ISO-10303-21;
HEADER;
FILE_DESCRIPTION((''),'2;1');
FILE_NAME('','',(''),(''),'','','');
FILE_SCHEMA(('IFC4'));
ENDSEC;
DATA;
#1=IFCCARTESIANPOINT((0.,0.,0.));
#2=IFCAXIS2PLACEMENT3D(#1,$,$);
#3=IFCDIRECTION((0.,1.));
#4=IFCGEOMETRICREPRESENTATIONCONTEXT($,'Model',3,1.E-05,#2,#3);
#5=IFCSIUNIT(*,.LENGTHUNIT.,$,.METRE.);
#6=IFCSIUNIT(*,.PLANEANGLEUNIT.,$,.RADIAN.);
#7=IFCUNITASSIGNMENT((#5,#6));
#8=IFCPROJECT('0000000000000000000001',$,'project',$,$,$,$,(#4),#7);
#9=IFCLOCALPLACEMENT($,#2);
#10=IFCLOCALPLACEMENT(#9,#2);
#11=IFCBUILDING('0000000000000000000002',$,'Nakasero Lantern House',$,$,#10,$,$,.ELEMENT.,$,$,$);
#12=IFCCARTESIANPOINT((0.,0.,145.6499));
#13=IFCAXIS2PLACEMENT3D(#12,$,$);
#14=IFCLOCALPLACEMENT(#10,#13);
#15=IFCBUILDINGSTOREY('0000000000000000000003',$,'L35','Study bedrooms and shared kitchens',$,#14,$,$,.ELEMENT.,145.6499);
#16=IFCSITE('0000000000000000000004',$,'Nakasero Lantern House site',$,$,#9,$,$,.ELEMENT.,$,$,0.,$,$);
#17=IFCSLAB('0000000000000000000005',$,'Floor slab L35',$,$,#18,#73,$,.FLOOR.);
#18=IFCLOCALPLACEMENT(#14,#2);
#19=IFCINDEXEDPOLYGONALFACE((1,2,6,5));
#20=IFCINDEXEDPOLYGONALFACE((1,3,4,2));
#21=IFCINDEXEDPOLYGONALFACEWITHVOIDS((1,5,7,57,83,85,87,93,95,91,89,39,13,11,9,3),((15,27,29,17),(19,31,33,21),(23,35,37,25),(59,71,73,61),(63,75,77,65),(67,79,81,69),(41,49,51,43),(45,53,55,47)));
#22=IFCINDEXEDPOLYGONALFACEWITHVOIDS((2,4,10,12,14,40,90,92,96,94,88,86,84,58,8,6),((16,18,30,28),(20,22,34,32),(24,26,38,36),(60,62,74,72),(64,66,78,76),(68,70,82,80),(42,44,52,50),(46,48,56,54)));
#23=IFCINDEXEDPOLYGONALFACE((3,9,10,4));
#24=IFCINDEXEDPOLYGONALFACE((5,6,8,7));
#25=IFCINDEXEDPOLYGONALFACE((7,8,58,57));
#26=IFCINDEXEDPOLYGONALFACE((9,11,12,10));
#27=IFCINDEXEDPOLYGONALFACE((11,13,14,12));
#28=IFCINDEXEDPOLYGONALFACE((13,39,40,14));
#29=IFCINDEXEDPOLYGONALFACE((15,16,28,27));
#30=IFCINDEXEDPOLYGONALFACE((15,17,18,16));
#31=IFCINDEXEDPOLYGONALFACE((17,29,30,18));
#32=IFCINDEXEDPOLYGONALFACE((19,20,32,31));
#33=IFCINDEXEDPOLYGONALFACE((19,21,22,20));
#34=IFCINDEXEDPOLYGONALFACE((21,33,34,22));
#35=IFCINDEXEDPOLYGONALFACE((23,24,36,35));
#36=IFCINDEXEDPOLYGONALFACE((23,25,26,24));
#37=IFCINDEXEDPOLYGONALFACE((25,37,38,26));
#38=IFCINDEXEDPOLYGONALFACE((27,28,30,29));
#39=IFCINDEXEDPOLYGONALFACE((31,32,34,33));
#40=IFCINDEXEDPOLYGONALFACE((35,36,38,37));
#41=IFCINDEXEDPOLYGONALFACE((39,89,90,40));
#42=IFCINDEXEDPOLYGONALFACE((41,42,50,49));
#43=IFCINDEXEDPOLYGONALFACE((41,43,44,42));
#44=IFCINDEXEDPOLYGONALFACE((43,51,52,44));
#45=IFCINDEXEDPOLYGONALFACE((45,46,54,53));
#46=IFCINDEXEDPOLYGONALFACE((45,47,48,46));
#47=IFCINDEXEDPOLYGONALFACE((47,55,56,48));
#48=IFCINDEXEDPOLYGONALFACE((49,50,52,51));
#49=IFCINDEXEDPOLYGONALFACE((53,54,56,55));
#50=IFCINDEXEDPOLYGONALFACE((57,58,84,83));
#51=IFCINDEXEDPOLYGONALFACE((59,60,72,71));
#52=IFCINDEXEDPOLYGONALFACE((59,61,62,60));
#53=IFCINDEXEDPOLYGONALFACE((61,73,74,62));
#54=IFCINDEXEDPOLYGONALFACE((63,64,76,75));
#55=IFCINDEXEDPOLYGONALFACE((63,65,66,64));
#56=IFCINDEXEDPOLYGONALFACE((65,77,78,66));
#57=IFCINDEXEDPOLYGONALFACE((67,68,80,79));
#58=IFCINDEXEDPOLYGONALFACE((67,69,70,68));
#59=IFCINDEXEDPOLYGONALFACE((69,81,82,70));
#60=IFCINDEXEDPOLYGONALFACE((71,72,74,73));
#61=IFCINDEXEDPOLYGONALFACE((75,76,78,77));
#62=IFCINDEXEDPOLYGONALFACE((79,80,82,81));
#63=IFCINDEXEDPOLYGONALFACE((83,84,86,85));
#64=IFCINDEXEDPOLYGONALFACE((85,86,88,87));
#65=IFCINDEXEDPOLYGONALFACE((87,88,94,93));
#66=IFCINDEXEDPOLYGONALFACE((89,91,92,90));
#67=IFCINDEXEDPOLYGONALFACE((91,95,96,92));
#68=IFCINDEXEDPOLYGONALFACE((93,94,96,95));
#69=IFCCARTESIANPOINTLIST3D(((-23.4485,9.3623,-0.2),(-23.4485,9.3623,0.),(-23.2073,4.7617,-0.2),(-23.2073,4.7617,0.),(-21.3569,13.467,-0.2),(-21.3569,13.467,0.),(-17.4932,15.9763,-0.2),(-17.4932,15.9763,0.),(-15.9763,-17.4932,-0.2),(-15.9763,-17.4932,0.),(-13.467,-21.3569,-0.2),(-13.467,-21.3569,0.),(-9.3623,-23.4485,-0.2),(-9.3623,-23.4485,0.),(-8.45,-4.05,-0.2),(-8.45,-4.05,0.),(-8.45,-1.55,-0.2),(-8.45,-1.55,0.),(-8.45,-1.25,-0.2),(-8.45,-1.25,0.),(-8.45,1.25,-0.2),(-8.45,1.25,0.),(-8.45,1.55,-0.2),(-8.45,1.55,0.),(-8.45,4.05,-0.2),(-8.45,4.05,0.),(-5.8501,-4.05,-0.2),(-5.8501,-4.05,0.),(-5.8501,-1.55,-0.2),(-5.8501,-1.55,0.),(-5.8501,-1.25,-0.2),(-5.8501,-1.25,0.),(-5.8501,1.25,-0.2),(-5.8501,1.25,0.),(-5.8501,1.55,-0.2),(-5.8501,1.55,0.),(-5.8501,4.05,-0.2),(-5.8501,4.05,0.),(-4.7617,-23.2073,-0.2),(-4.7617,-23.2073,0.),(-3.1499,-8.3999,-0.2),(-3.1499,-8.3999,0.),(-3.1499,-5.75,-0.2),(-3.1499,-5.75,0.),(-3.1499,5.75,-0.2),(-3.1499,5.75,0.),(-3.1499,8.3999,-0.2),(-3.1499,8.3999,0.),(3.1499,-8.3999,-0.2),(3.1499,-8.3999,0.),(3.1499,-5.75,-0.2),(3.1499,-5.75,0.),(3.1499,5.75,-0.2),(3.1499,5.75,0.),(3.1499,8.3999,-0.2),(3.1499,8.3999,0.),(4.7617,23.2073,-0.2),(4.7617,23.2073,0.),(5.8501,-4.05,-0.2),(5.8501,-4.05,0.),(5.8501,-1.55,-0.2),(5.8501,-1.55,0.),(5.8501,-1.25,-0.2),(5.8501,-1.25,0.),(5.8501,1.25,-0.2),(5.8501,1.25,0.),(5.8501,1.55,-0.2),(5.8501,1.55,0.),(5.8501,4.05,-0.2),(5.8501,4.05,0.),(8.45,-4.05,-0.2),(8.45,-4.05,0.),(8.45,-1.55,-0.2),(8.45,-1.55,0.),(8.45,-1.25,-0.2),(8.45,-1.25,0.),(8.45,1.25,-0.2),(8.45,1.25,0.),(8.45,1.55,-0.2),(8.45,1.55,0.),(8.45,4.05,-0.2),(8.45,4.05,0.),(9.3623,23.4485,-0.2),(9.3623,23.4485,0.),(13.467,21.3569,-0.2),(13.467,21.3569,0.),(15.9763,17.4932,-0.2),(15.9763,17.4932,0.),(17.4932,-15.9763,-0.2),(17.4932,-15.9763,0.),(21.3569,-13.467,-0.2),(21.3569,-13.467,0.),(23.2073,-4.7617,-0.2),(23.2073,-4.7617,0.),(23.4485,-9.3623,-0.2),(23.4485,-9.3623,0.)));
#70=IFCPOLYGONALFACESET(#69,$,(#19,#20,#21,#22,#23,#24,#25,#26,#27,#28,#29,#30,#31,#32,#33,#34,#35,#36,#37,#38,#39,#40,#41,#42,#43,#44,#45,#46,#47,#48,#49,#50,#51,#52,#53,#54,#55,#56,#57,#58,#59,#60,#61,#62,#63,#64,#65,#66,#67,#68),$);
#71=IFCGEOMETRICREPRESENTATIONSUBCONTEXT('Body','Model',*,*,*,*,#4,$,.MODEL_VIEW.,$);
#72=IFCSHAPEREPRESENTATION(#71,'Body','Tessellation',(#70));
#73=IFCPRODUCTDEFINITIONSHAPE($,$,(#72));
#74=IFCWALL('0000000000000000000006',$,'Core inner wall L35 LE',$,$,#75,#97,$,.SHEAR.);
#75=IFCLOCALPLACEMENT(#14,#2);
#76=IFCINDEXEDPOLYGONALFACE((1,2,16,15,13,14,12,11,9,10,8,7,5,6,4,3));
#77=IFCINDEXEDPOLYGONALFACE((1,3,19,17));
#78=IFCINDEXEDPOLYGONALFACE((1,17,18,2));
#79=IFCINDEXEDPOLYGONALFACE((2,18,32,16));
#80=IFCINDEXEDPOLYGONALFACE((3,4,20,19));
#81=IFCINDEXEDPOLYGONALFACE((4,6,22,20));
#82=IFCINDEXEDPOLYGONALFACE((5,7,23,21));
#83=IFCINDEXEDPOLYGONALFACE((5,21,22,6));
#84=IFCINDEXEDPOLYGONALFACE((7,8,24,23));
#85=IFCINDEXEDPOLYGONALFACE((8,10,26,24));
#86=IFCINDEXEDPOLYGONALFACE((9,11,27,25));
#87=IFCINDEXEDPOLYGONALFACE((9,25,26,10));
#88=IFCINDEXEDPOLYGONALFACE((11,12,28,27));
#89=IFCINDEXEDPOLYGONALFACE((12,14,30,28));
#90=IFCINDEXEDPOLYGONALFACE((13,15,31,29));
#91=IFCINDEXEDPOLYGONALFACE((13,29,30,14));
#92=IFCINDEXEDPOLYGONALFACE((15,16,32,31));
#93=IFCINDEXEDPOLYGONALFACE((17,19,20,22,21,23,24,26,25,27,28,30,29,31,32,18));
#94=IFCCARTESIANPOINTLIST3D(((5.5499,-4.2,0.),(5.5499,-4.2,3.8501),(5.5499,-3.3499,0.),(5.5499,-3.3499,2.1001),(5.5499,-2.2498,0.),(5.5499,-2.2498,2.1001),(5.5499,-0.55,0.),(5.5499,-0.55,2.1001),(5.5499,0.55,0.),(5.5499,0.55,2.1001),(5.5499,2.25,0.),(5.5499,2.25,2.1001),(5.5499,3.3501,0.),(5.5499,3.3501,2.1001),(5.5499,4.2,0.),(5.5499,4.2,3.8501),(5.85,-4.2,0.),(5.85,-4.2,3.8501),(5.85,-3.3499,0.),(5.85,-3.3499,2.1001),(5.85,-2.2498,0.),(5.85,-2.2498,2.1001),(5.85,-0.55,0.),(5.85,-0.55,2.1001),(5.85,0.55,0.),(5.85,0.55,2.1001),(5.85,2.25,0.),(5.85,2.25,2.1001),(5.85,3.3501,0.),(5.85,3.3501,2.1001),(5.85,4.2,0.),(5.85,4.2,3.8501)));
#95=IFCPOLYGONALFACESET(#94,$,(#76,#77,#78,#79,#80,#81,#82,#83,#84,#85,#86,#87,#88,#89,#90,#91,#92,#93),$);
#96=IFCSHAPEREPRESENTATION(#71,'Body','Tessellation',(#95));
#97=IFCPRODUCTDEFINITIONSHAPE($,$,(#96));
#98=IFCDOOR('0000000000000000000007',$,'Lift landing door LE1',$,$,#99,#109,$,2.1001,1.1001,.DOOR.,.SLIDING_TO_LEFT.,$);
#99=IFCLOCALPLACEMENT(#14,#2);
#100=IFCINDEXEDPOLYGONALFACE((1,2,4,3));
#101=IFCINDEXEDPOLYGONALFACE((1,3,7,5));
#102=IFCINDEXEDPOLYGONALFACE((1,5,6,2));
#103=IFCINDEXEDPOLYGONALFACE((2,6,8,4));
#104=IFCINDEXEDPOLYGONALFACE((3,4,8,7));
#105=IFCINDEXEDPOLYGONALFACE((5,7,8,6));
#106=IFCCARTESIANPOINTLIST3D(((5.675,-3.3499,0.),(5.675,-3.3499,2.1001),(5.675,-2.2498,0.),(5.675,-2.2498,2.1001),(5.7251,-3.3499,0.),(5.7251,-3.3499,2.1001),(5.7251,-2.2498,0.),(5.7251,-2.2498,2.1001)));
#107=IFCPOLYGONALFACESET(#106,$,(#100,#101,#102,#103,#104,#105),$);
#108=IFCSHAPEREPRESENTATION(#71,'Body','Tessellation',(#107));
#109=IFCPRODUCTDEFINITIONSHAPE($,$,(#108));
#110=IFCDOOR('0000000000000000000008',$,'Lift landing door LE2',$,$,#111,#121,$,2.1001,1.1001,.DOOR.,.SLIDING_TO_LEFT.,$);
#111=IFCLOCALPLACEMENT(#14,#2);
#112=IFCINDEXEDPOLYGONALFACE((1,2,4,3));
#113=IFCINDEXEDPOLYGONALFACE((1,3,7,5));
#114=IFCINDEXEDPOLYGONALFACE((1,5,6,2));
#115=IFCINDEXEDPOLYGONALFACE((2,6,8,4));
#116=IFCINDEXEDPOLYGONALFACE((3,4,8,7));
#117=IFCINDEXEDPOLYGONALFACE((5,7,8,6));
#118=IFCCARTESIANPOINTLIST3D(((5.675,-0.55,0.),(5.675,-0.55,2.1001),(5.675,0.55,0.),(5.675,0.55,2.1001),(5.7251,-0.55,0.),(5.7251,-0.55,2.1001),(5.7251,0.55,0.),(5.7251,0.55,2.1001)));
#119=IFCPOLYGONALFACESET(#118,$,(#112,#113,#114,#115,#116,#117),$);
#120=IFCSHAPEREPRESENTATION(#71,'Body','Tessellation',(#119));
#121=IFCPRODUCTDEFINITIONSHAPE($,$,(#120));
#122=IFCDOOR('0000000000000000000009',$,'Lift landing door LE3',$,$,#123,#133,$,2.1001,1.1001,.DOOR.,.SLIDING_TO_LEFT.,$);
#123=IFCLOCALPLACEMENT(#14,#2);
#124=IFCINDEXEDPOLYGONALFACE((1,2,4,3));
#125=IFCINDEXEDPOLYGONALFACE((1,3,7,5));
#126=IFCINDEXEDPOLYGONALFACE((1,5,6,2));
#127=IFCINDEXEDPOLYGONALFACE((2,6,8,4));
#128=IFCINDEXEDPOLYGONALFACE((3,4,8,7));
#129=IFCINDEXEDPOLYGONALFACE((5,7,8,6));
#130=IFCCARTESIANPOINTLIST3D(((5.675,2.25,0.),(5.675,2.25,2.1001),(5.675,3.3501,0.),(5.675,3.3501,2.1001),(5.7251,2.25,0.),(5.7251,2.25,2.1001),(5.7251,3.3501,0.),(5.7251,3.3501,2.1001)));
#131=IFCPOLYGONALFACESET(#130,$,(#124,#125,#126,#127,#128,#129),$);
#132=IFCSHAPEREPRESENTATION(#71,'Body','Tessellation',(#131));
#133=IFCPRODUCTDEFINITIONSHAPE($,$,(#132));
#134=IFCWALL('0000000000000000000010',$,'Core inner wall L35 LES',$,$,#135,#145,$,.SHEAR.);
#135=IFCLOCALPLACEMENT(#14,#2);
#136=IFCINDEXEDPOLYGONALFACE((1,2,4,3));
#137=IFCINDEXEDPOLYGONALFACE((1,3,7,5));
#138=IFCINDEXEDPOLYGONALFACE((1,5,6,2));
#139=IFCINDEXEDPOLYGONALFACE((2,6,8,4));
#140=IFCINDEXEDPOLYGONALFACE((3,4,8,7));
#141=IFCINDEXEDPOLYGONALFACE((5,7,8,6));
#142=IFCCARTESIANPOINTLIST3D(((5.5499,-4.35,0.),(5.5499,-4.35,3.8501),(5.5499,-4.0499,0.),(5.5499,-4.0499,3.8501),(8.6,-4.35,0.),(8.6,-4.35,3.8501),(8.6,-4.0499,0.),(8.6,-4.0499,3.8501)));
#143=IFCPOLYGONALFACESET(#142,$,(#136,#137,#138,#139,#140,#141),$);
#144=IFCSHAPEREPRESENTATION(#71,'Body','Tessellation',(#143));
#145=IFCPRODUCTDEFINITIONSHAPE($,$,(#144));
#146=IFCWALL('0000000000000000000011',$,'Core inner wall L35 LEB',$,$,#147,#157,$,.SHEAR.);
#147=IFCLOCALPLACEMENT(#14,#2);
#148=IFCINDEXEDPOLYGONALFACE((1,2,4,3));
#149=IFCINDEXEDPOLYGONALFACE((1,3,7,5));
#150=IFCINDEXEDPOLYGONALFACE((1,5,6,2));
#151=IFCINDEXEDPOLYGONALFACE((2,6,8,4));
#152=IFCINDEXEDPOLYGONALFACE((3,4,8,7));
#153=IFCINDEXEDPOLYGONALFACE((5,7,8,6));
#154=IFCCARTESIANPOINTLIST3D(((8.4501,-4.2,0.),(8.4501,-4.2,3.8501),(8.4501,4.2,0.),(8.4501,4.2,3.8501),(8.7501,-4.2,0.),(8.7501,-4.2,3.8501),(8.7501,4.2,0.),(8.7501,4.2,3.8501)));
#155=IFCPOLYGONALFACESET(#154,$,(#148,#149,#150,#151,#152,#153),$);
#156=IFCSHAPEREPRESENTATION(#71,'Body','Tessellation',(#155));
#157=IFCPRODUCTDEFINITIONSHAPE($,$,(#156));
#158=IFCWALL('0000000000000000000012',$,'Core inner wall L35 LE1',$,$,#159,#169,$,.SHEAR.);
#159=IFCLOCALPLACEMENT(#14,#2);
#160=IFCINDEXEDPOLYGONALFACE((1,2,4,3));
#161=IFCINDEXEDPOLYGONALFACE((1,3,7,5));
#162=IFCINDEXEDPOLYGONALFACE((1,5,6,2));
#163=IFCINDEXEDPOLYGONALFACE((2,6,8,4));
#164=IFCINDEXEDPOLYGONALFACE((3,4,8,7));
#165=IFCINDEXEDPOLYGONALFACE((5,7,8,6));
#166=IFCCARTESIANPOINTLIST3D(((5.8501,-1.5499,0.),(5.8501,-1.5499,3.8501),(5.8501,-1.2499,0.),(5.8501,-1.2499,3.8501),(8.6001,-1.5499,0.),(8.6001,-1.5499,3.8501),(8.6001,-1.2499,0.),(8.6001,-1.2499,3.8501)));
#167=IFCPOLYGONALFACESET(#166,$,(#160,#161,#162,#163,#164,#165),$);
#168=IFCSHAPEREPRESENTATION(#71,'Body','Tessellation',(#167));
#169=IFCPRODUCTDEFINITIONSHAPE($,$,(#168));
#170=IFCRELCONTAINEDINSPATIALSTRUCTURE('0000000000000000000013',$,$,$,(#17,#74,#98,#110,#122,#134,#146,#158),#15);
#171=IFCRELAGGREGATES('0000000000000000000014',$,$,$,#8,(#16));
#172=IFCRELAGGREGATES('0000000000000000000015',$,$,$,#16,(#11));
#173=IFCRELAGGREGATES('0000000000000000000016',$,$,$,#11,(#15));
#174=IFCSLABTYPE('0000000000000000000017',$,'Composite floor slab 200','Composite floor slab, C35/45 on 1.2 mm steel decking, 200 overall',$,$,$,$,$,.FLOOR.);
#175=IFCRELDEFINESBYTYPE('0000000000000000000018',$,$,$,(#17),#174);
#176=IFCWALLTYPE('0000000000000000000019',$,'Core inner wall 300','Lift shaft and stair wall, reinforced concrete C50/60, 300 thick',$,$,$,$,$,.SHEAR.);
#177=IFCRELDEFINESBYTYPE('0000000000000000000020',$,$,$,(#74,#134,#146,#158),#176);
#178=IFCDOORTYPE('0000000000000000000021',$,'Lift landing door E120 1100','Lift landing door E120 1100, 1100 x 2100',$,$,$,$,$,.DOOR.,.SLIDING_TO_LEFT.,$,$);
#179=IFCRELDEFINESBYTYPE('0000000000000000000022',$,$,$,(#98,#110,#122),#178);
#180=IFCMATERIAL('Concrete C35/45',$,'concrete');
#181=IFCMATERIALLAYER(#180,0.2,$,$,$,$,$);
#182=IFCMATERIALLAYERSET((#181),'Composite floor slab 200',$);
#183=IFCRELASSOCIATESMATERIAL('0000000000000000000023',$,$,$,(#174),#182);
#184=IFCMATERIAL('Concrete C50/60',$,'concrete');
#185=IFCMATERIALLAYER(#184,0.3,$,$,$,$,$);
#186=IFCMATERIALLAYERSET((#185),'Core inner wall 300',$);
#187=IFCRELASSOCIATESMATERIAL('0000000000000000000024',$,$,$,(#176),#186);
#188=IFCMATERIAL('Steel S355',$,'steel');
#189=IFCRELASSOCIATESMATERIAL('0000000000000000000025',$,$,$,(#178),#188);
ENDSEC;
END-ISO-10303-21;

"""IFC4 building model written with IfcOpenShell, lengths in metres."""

from ifc_helpers import new_model, si_unit, direction, frame, frame_2d, origin, place, context, subcontext, project, spatial, polyline, rectangle, outline, extrude, material, layer, layer_set, type_object, element, fill, save


model = new_model("IFC4")

# Units and contexts
model_context = context("Model", 3, precision=1e-05, world=origin(), true_north=direction((0.0, 1.0)))
body_context = subcontext(model_context, "Body", "Model", "MODEL_VIEW")
ifc_project = project(units=[si_unit("LENGTHUNIT", "METRE"), si_unit("PLANEANGLEUNIT", "RADIAN")], contexts=[model_context])

# Site, building, storey
site_placement = place(None, origin())
site = spatial("IfcSite", under=ifc_project, at=site_placement, Name="Nakasero Lantern House site", CompositionType="ELEMENT", RefElevation=0.0)
building_placement = place(site_placement, origin())
building = spatial("IfcBuilding", under=site, at=building_placement, Name="Nakasero Lantern House", CompositionType="ELEMENT")
storey_placement = place(building_placement, frame((0.0, 0.0, 145.6499)))
storey = spatial("IfcBuildingStorey", under=building, at=storey_placement, Name="L35", Description="Study bedrooms and shared kitchens", CompositionType="ELEMENT", Elevation=145.6499)

# Slab
ifc_material_1 = material(Name="Concrete C35/45", Category="concrete")
ifc_layer_1 = layer(ifc_material_1, 0.2)
ifc_layer_set_1 = layer_set([ifc_layer_1], Name="Composite floor slab 200")
slab_type_1 = type_object("IfcSlabType", Name="Composite floor slab 200", Description="Composite floor slab, C35/45 on 1.2 mm steel decking, 200 overall", PredefinedType="FLOOR", material=ifc_layer_set_1)
slab_1_placement = place(storey_placement, frame((0.0, 0.0, -0.2)))
element("IfcSlab", 1, at=slab_1_placement, inside=storey, type_object=slab_type_1, Name="Floor slab L35", PredefinedType="FLOOR", context=body_context, shape_type="SweptSolid", body=[
    extrude(outline(polyline([(15.9763, 17.4932), (13.467, 21.3569), (9.3623, 23.4485), (4.7617, 23.2073), (-17.4932, 15.9763), (-21.3569, 13.467), (-23.4485, 9.3623), (-23.2073, 4.7617), (-15.9763, -17.4932), (-13.467, -21.3569), (-9.3623, -23.4485), (-4.7617, -23.2073), (17.4932, -15.9763), (21.3569, -13.467), (23.4485, -9.3623), (23.2073, -4.7617), (15.9763, 17.4932)]), holes=[polyline([(-8.45, -4.05), (-5.8501, -4.05), (-5.8501, -1.55), (-8.45, -1.55), (-8.45, -4.05)]), polyline([(-8.45, -1.25), (-5.8501, -1.25), (-5.8501, 1.25), (-8.45, 1.25), (-8.45, -1.25)]), polyline([(-8.45, 1.55), (-5.8501, 1.55), (-5.8501, 4.05), (-8.45, 4.05), (-8.45, 1.55)]), polyline([(5.8501, -4.05), (8.45, -4.05), (8.45, -1.55), (5.8501, -1.55), (5.8501, -4.05)]), polyline([(5.8501, -1.25), (8.45, -1.25), (8.45, 1.25), (5.8501, 1.25), (5.8501, -1.25)]), polyline([(5.8501, 1.55), (8.45, 1.55), (8.45, 4.05), (5.8501, 4.05), (5.8501, 1.55)]), polyline([(-3.1499, 5.75), (3.1499, 5.75), (3.1499, 8.3999), (-3.1499, 8.3999), (-3.1499, 5.75)]), polyline([(-3.1499, -8.3999), (3.1499, -8.3999), (3.1499, -5.75), (-3.1499, -5.75), (-3.1499, -8.3999)])]), origin(), (0.0, 0.0, 1.0), 0.2),
])

# Wall, openings, doors
ifc_material_2 = material(Name="Concrete C50/60", Category="concrete")
ifc_layer_2 = layer(ifc_material_2, 0.3)
ifc_layer_set_2 = layer_set([ifc_layer_2], Name="Core inner wall 300")
wall_type_1 = type_object("IfcWallType", Name="Core inner wall 300", Description="Lift shaft and stair wall, reinforced concrete C50/60, 300 thick", PredefinedType="SHEAR", material=ifc_layer_set_2)
wall_1_placement = place(storey_placement, frame((5.7, -4.2, 0.0), z_axis=(0.0, 0.0, 1.0), x_axis=(0.0, 1.0, 0.0)))
wall_1 = element("IfcWall", 2, at=wall_1_placement, inside=storey, type_object=wall_type_1, Name="Core inner wall L35 LE", PredefinedType="SHEAR", context=body_context, shape_type="SweptSolid", body=[
    extrude(rectangle(XDim=8.3999, YDim=0.3, at=frame_2d((4.2, 0.0))), origin(), (0.0, 0.0, 1.0), 3.8501),
])
opening_1_placement = place(wall_1_placement, frame((0.8501, 0.0, 0.0)))
opening_1 = element("IfcOpeningElement", 3, at=opening_1_placement, cuts=wall_1, PredefinedType="OPENING", context=body_context, shape_type="SweptSolid", body=[
    extrude(rectangle(XDim=1.1001, YDim=2.1001, at=frame_2d((0.55, 1.05))), frame((0.0, 0.1699, 0.0), z_axis=(0.0, -1.0, 0.0), x_axis=(1.0, 0.0, 0.0)), (0.0, 0.0, 1.0), 0.3401),
])
opening_2_placement = place(wall_1_placement, frame((3.6499, 0.0, 0.0)))
opening_2 = element("IfcOpeningElement", 4, at=opening_2_placement, cuts=wall_1, PredefinedType="OPENING", context=body_context, shape_type="SweptSolid", body=[
    extrude(rectangle(XDim=1.1001, YDim=2.1001, at=frame_2d((0.55, 1.05))), frame((0.0, 0.1699, 0.0), z_axis=(0.0, -1.0, 0.0), x_axis=(1.0, 0.0, 0.0)), (0.0, 0.0, 1.0), 0.3401),
])
opening_3_placement = place(wall_1_placement, frame((6.45, 0.0, 0.0)))
opening_3 = element("IfcOpeningElement", 5, at=opening_3_placement, cuts=wall_1, PredefinedType="OPENING", context=body_context, shape_type="SweptSolid", body=[
    extrude(rectangle(XDim=1.1001, YDim=2.1001, at=frame_2d((0.55, 1.05))), frame((0.0, 0.1699, 0.0), z_axis=(0.0, -1.0, 0.0), x_axis=(1.0, 0.0, 0.0)), (0.0, 0.0, 1.0), 0.3401),
])
ifc_material_3 = material(Name="Steel S355", Category="steel")
door_type_1 = type_object("IfcDoorType", Name="Lift landing door E120 1100", Description="Lift landing door E120 1100, 1100 x 2100", OperationType="SLIDING_TO_LEFT", PredefinedType="DOOR", material=ifc_material_3)
door_1_placement = place(opening_1_placement, origin())
door_1 = element("IfcDoor", 6, at=door_1_placement, inside=storey, type_object=door_type_1, Name="Lift landing door LE1", OperationType="SLIDING_TO_LEFT", OverallHeight=2.1001, OverallWidth=1.1001, PredefinedType="DOOR", context=body_context, shape_type="SweptSolid", body=[
    extrude(rectangle(XDim=1.1001, YDim=2.1001, at=frame_2d((0.55, 1.05))), frame((0.0, 0.0249, 0.0), z_axis=(0.0, -1.0, 0.0), x_axis=(1.0, 0.0, 0.0)), (0.0, 0.0, 1.0), 0.05),
])
fill(opening_1, door_1)
door_2_placement = place(opening_2_placement, origin())
door_2 = element("IfcDoor", 7, at=door_2_placement, inside=storey, type_object=door_type_1, Name="Lift landing door LE2", OperationType="SLIDING_TO_LEFT", OverallHeight=2.1001, OverallWidth=1.1001, PredefinedType="DOOR", context=body_context, shape_type="SweptSolid", body=[
    extrude(rectangle(XDim=1.1001, YDim=2.1001, at=frame_2d((0.55, 1.05))), frame((0.0, 0.0249, 0.0), z_axis=(0.0, -1.0, 0.0), x_axis=(1.0, 0.0, 0.0)), (0.0, 0.0, 1.0), 0.05),
])
fill(opening_2, door_2)
door_3_placement = place(opening_3_placement, origin())
door_3 = element("IfcDoor", 8, at=door_3_placement, inside=storey, type_object=door_type_1, Name="Lift landing door LE3", OperationType="SLIDING_TO_LEFT", OverallHeight=2.1001, OverallWidth=1.1001, PredefinedType="DOOR", context=body_context, shape_type="SweptSolid", body=[
    extrude(rectangle(XDim=1.1001, YDim=2.1001, at=frame_2d((0.55, 1.05))), frame((0.0, 0.0249, 0.0), z_axis=(0.0, -1.0, 0.0), x_axis=(1.0, 0.0, 0.0)), (0.0, 0.0, 1.0), 0.05),
])
fill(opening_3, door_3)

# Walls
wall_2_placement = place(storey_placement, frame((5.55, -4.2, 0.0), z_axis=(0.0, 0.0, 1.0), x_axis=(1.0, 0.0, 0.0)))
element("IfcWall", 9, at=wall_2_placement, inside=storey, type_object=wall_type_1, Name="Core inner wall L35 LES", PredefinedType="SHEAR", context=body_context, shape_type="SweptSolid", body=[
    extrude(rectangle(XDim=3.05, YDim=0.3, at=frame_2d((1.5249, 0.0))), origin(), (0.0, 0.0, 1.0), 3.8501),
])
wall_3_placement = place(storey_placement, frame((8.6001, -4.2, 0.0), z_axis=(0.0, 0.0, 1.0), x_axis=(0.0, 1.0, 0.0)))
element("IfcWall", 10, at=wall_3_placement, inside=storey, type_object=wall_type_1, Name="Core inner wall L35 LEB", PredefinedType="SHEAR", context=body_context, shape_type="SweptSolid", body=[
    extrude(rectangle(XDim=8.3999, YDim=0.3, at=frame_2d((4.2, 0.0))), origin(), (0.0, 0.0, 1.0), 3.8501),
])
wall_4_placement = place(storey_placement, frame((5.8501, -1.3999, 0.0), z_axis=(0.0, 0.0, 1.0), x_axis=(1.0, 0.0, 0.0)))
element("IfcWall", 11, at=wall_4_placement, inside=storey, type_object=wall_type_1, Name="Core inner wall L35 LE1", PredefinedType="SHEAR", context=body_context, shape_type="SweptSolid", body=[
    extrude(rectangle(XDim=2.75, YDim=0.3, at=frame_2d((1.375, 0.0))), origin(), (0.0, 0.0, 1.0), 3.8501),
])

save(model, "model.ifc")
